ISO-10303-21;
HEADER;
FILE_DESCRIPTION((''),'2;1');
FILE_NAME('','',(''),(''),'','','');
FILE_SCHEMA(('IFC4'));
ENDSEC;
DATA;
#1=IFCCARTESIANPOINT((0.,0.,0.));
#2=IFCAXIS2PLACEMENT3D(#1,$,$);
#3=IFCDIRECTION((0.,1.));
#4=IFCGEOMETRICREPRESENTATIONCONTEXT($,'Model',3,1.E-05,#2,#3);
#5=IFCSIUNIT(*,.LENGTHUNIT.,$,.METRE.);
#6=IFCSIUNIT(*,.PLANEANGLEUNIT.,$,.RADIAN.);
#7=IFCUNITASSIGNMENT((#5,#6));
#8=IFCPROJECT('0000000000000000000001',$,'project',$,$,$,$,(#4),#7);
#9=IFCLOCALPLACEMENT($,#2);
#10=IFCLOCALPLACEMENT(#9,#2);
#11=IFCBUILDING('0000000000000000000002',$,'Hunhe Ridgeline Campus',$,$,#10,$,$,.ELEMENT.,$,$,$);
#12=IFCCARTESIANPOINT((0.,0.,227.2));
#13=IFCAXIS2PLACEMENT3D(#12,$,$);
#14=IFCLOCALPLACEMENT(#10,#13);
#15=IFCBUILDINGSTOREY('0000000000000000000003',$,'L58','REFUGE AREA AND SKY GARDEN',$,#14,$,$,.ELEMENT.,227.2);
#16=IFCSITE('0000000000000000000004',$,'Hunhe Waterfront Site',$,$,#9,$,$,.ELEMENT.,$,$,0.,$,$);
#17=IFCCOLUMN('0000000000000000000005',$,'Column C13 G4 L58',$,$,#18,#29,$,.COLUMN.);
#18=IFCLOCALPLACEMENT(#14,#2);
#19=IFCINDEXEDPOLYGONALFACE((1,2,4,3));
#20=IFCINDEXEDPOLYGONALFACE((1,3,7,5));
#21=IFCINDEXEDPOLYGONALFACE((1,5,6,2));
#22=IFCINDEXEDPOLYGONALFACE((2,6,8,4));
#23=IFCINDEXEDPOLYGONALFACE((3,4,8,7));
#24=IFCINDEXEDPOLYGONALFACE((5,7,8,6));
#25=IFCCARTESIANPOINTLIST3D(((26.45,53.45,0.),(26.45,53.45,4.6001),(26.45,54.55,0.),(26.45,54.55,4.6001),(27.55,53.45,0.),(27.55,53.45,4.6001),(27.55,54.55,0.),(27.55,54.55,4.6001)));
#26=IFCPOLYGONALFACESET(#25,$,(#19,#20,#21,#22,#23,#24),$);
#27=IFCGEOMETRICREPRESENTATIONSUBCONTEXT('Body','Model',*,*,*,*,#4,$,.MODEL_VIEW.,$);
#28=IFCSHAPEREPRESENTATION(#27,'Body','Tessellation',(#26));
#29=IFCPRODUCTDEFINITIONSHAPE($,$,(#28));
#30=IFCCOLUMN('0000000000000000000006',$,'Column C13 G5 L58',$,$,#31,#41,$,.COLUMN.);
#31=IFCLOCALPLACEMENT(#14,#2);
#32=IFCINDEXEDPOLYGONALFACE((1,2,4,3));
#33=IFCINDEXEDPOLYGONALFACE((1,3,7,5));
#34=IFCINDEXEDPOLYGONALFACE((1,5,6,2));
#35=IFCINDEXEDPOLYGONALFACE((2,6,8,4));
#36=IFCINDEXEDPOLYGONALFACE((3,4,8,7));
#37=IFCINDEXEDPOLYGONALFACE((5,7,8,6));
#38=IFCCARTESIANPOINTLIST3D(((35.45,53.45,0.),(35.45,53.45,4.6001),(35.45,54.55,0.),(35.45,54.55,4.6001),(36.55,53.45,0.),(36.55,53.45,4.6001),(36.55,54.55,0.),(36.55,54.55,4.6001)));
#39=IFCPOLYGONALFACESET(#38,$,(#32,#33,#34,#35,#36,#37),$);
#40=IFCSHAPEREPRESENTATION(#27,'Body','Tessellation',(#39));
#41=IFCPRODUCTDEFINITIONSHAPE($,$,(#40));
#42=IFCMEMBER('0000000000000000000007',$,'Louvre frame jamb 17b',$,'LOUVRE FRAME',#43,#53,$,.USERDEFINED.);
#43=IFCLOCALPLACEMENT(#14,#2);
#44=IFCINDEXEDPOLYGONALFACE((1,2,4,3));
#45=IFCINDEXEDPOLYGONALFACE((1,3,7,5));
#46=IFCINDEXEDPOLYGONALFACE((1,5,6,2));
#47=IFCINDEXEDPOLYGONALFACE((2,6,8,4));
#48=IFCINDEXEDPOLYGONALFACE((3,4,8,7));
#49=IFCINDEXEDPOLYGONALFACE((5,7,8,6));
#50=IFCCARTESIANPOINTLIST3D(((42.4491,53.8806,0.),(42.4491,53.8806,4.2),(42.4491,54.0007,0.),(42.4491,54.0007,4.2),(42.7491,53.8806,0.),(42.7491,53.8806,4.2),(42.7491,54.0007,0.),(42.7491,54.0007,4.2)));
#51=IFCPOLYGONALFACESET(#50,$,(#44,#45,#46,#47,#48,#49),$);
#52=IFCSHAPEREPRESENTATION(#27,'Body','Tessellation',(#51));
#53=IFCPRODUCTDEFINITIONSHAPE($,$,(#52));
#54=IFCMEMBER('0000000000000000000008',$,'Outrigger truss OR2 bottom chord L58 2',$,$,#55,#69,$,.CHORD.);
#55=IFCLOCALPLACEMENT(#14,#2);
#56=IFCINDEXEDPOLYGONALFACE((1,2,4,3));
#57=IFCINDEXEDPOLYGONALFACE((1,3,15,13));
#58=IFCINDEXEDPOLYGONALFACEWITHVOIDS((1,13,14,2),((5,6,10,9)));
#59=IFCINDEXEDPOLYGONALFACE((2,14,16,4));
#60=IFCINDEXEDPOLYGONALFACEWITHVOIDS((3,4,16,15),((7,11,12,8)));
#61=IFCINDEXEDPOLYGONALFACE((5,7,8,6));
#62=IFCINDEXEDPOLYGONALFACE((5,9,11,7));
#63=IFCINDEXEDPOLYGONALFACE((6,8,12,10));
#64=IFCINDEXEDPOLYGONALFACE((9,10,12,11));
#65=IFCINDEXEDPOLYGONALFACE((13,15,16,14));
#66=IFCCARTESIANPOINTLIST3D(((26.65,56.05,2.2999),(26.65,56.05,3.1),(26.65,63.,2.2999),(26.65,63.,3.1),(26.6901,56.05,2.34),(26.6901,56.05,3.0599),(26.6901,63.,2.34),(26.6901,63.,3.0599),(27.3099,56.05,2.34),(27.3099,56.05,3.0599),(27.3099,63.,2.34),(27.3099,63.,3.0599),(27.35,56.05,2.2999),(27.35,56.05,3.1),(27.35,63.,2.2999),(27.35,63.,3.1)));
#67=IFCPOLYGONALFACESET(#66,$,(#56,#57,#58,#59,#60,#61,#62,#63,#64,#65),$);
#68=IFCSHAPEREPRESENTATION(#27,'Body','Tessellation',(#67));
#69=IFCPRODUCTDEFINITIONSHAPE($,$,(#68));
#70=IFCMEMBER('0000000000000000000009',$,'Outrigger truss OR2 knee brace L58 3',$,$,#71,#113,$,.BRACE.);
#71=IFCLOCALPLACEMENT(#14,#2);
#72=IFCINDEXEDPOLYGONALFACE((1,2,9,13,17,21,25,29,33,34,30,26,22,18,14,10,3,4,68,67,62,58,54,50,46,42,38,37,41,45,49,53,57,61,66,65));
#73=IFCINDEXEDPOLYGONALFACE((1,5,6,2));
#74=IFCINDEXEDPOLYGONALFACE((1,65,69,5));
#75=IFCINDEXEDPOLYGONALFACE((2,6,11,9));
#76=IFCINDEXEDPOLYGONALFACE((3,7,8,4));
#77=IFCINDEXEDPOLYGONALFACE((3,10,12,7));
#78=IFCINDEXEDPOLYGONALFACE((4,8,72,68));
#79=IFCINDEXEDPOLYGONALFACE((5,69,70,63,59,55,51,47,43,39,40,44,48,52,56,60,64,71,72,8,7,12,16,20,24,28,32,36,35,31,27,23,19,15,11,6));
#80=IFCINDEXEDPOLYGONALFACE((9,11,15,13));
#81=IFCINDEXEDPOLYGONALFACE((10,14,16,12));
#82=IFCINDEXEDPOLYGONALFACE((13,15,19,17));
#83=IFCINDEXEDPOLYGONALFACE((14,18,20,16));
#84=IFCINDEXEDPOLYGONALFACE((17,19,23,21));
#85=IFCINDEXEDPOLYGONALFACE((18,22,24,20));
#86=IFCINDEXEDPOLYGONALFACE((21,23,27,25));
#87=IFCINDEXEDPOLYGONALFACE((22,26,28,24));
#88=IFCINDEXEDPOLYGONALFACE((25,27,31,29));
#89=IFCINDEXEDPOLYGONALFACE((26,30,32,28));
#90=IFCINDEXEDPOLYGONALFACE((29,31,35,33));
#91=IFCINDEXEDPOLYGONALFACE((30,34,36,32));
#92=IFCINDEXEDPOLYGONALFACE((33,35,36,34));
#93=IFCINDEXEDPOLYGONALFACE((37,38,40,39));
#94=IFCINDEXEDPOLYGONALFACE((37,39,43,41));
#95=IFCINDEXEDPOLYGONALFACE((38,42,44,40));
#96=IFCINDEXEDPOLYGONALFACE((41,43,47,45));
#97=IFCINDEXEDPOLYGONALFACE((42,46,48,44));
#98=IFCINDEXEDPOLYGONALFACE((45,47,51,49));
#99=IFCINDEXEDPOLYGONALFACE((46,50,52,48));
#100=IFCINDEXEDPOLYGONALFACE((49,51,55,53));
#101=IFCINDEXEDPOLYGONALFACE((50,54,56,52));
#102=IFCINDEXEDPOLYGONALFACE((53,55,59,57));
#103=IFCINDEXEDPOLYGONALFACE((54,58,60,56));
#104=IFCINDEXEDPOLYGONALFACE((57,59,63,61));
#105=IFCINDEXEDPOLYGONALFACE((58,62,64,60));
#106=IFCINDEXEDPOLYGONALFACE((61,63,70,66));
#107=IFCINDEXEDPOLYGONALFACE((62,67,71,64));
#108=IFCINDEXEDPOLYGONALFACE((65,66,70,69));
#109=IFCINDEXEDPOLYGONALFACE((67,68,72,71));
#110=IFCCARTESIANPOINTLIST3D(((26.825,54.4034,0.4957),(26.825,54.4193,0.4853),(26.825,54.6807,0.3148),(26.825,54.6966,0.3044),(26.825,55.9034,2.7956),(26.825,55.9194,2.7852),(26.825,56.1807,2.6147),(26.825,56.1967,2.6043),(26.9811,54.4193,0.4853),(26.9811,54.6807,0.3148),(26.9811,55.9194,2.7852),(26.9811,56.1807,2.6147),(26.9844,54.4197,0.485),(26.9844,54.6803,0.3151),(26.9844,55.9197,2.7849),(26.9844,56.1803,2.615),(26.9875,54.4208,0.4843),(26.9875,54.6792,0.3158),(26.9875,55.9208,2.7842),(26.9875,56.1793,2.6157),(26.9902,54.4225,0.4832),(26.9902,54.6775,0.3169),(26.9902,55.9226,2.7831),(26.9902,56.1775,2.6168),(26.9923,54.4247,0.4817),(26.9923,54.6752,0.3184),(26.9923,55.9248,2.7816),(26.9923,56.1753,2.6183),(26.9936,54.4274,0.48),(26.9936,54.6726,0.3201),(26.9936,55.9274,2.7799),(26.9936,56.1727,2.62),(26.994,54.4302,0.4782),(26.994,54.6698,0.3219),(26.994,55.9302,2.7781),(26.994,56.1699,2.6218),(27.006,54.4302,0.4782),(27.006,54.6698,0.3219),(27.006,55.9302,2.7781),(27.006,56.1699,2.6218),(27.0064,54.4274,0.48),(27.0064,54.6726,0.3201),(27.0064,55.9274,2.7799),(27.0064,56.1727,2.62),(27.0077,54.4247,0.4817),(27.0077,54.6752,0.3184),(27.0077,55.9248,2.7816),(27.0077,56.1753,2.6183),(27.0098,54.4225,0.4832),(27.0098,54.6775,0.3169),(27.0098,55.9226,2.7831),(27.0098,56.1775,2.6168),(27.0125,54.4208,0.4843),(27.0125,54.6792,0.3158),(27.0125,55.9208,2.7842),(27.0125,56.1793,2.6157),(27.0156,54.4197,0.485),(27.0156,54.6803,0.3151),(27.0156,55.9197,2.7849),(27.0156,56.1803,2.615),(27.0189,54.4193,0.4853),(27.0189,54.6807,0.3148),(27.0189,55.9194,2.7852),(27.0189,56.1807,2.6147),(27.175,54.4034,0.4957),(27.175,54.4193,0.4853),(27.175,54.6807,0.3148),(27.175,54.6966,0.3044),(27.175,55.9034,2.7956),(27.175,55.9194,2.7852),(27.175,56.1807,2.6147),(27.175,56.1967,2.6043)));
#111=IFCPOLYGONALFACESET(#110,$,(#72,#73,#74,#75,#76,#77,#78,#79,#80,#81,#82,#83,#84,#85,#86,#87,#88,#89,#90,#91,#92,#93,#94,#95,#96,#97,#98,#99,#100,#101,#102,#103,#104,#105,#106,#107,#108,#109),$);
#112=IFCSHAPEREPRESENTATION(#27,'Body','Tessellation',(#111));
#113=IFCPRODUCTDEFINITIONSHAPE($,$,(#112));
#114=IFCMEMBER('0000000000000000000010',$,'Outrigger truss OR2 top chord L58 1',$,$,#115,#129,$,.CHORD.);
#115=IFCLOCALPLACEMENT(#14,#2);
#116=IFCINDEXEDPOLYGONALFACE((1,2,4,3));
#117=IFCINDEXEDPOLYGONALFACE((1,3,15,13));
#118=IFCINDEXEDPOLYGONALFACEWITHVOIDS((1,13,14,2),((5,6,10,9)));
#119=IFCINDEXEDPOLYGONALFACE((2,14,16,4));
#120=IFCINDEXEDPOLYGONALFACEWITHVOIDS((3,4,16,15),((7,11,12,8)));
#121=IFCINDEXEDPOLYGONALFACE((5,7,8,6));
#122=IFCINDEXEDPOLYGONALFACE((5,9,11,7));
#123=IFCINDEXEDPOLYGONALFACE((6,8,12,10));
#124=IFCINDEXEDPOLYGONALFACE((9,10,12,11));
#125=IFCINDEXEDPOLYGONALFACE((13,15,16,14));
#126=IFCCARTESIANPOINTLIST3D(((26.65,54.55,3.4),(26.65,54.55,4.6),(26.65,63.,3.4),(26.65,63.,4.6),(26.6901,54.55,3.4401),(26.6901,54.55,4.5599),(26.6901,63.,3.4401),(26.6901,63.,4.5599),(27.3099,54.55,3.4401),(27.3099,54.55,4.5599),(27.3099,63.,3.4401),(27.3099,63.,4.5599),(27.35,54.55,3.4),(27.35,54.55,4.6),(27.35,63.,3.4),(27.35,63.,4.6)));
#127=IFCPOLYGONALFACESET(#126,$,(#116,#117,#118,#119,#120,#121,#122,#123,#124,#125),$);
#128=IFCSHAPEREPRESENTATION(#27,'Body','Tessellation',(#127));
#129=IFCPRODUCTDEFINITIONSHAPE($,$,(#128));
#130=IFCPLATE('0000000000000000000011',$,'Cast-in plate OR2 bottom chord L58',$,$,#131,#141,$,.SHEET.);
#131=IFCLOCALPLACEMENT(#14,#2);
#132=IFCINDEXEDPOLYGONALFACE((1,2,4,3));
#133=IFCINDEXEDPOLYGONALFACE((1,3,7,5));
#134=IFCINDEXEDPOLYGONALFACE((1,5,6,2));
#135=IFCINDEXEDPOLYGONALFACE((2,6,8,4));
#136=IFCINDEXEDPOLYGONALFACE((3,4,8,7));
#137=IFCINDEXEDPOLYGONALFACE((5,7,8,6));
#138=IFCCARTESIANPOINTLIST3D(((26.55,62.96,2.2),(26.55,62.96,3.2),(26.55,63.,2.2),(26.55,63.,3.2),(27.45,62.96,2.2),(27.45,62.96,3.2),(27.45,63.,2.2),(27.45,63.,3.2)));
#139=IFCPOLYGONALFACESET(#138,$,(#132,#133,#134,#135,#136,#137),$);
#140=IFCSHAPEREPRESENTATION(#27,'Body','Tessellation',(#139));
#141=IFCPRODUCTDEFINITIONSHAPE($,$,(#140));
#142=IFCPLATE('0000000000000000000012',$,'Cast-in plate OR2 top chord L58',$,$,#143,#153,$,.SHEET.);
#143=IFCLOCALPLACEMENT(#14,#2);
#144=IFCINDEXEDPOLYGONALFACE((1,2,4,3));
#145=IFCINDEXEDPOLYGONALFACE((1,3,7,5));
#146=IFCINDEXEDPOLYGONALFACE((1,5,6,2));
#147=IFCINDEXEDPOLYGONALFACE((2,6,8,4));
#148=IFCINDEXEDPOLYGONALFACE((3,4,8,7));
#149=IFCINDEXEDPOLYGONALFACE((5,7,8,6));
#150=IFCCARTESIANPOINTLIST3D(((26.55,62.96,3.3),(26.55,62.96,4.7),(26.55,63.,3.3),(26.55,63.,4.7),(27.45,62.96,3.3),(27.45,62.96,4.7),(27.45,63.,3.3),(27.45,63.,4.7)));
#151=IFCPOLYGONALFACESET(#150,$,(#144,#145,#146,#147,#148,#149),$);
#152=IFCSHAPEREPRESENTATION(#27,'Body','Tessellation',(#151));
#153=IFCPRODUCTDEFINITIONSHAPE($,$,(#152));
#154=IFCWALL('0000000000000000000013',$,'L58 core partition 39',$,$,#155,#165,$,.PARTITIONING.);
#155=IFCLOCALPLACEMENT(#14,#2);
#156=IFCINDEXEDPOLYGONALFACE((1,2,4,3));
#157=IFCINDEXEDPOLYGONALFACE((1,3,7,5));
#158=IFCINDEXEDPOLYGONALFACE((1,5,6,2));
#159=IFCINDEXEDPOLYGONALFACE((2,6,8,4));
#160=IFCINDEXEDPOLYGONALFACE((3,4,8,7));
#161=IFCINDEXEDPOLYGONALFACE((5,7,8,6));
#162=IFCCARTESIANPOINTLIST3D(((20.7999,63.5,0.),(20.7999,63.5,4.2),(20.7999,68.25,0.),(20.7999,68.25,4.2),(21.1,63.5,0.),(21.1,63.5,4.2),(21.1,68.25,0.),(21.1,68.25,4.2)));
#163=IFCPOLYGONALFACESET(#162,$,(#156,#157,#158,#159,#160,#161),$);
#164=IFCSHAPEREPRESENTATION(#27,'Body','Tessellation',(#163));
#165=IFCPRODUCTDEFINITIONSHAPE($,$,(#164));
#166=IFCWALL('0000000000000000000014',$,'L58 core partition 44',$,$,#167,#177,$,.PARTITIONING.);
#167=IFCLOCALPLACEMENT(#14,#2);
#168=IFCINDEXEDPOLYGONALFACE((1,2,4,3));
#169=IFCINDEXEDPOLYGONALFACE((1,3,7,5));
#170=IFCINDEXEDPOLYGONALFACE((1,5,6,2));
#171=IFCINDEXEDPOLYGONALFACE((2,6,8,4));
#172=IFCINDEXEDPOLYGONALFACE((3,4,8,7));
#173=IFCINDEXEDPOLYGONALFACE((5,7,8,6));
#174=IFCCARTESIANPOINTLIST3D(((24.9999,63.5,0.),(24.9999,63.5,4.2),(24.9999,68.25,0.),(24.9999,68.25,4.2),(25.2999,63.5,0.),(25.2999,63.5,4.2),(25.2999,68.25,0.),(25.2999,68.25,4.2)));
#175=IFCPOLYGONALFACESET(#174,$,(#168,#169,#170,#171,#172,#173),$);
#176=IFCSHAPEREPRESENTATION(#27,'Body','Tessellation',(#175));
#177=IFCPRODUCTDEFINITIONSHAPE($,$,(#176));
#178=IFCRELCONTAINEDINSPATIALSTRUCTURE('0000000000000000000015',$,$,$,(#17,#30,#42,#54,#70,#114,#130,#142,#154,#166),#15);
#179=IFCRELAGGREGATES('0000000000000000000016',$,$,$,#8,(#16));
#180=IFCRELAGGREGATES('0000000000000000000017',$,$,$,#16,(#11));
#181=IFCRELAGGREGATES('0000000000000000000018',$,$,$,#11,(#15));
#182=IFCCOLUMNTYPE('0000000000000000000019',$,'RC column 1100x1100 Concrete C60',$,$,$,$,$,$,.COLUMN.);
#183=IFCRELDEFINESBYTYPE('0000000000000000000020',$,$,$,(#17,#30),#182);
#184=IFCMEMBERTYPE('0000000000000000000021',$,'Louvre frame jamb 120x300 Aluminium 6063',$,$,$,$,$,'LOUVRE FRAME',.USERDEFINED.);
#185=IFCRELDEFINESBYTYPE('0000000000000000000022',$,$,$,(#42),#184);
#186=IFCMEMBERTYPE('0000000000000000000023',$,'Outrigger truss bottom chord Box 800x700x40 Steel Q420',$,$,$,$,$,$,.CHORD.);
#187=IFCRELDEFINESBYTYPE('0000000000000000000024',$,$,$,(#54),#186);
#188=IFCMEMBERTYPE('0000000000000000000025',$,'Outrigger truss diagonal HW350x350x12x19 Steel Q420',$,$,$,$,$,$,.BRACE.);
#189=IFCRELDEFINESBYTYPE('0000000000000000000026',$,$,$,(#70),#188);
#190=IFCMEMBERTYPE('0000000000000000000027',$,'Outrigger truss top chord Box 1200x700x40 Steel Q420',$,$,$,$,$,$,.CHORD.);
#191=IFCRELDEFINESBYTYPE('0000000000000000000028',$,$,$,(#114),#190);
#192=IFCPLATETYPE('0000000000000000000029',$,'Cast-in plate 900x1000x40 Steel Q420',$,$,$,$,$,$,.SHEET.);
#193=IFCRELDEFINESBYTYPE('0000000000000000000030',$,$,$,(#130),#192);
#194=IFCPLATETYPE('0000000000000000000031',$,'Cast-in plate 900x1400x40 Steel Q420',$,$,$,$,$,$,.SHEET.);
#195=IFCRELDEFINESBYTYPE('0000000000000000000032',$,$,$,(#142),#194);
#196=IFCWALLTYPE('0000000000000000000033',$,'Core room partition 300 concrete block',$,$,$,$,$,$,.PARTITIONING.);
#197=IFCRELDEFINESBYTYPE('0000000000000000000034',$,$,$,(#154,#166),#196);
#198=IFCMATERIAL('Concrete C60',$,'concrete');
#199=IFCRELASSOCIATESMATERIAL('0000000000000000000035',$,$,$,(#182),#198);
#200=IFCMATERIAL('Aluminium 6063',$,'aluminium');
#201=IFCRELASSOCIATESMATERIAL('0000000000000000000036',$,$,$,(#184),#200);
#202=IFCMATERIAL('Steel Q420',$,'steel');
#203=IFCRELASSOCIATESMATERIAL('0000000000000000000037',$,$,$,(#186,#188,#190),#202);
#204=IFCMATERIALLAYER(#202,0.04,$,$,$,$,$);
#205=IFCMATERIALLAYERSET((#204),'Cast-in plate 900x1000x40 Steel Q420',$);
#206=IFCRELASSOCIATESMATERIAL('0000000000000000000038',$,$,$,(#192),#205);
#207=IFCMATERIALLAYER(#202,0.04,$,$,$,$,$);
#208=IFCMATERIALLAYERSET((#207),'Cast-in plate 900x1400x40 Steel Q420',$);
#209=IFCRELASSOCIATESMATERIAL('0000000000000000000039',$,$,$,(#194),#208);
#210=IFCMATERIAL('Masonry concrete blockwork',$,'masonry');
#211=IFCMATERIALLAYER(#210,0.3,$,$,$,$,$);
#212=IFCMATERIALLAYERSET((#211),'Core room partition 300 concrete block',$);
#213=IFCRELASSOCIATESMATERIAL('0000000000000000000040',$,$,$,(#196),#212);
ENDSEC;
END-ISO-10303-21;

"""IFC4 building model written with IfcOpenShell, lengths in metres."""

from ifc_helpers import new_model, si_unit, direction, frame, frame_2d, origin, origin_2d, place, context, subcontext, project, spatial, rectangle, hollow_rectangle, i_section, extrude, material, layer, layer_set, material_profile, profile_set, type_object, element, save


model = new_model("IFC4")

# Units and contexts
model_context = context("Model", 3, precision=1e-05, world=origin(), true_north=direction((0.0, 1.0)))
body_context = subcontext(model_context, "Body", "Model", "MODEL_VIEW")
ifc_project = project(units=[si_unit("LENGTHUNIT", "METRE"), si_unit("PLANEANGLEUNIT", "RADIAN")], contexts=[model_context])

# Site, building, storey
site_placement = place(None, origin())
site = spatial("IfcSite", under=ifc_project, at=site_placement, Name="Hunhe Waterfront Site", CompositionType="ELEMENT", RefElevation=0.0)
building_placement = place(site_placement, origin())
building = spatial("IfcBuilding", under=site, at=building_placement, Name="Hunhe Ridgeline Campus", CompositionType="ELEMENT")
storey_placement = place(building_placement, frame((0.0, 0.0, 227.2)))
storey = spatial("IfcBuildingStorey", under=building, at=storey_placement, Name="L58", Description="REFUGE AREA AND SKY GARDEN", CompositionType="ELEMENT", Elevation=227.2)

# Columns
ifc_material_1 = material(Name="Concrete C60", Category="concrete")
ifc_material_profile_1 = material_profile(ifc_material_1, rectangle(XDim=1.1001, YDim=1.1001, at=origin_2d()))
ifc_profile_set_1 = profile_set([ifc_material_profile_1], Name="Concrete C60")
column_type = type_object("IfcColumnType", Name="RC column 1100x1100 Concrete C60", PredefinedType="COLUMN", material=ifc_profile_set_1)
for number, where, z_axis, x_axis, name in (
    (1, (27.0, 54.0, 0.0), (0.0, 0.0, 1.0), (1.0, 0.0, 0.0), "Column C13 G4 L58"),
    (2, (36.0, 54.0, 0.0), (0.0, 0.0, 1.0), (1.0, 0.0, 0.0), "Column C13 G5 L58"),
):
    element("IfcColumn", number, at=place(storey_placement, frame(where, z_axis=z_axis, x_axis=x_axis)), inside=storey, type_object=column_type, Name=name, PredefinedType="COLUMN", context=body_context, shape_type="SweptSolid", body=[
        extrude(rectangle(XDim=1.1001, YDim=1.1001, at=origin_2d()), origin(), (0.0, 0.0, 1.0), 4.6001),
    ])

# Members
ifc_material_2 = material(Name="Aluminium 6063", Category="aluminium")
ifc_material_profile_2 = material_profile(ifc_material_2, rectangle(XDim=0.3, YDim=0.1201, at=origin_2d()))
ifc_profile_set_2 = profile_set([ifc_material_profile_2], Name="Aluminium 6063")
member_type_1 = type_object("IfcMemberType", Name="Louvre frame jamb 120x300 Aluminium 6063", ElementType="LOUVRE FRAME", PredefinedType="USERDEFINED", material=ifc_profile_set_2)
member_1_placement = place(storey_placement, frame((42.5991, 53.9407, 0.0), z_axis=(0.0, 0.0, 1.0), x_axis=(-1.0, 0.000019, 0.0)))
element("IfcMember", 3, at=member_1_placement, inside=storey, type_object=member_type_1, Name="Louvre frame jamb 17b", ObjectType="LOUVRE FRAME", PredefinedType="USERDEFINED", context=body_context, shape_type="SweptSolid", body=[
    extrude(rectangle(XDim=0.3, YDim=0.1201, at=origin_2d()), origin(), (0.0, 0.0, 1.0), 4.2),
])
ifc_material_3 = material(Name="Steel Q420", Category="steel")
ifc_material_profile_3 = material_profile(ifc_material_3, hollow_rectangle(XDim=0.7, YDim=0.8, WallThickness=0.04, at=origin_2d()))
ifc_profile_set_3 = profile_set([ifc_material_profile_3], Name="Steel Q420")
member_type_2 = type_object("IfcMemberType", Name="Outrigger truss bottom chord Box 800x700x40 Steel Q420", PredefinedType="CHORD", material=ifc_profile_set_3)
member_2_placement = place(storey_placement, frame((27.0, 63.0, 2.7), z_axis=(0.0, -1.0, 0.0), x_axis=(1.0, 0.0, 0.0)))
element("IfcMember", 4, at=member_2_placement, inside=storey, type_object=member_type_2, Name="Outrigger truss OR2 bottom chord L58 2", PredefinedType="CHORD", context=body_context, shape_type="SweptSolid", body=[
    extrude(hollow_rectangle(XDim=0.7, YDim=0.8, WallThickness=0.04, at=origin_2d()), origin(), (0.0, 0.0, 1.0), 6.95),
])
ifc_material_profile_4 = material_profile(ifc_material_3, i_section(OverallWidth=0.3501, OverallDepth=0.3501, WebThickness=0.012, FlangeThickness=0.019, FilletRadius=0.0129, at=origin_2d()))
ifc_profile_set_4 = profile_set([ifc_material_profile_4], Name="Steel Q420")
member_type_3 = type_object("IfcMemberType", Name="Outrigger truss diagonal HW350x350x12x19 Steel Q420", PredefinedType="BRACE", material=ifc_profile_set_4)
member_3_placement = place(storey_placement, frame((27.0, 56.05, 2.7), z_axis=(0.0, -0.5463, -0.837589), x_axis=(1.0, 0.0, 0.0)))
element("IfcMember", 5, at=member_3_placement, inside=storey, type_object=member_type_3, Name="Outrigger truss OR2 knee brace L58 3", PredefinedType="BRACE", context=body_context, shape_type="SweptSolid", body=[
    extrude(i_section(OverallWidth=0.3501, OverallDepth=0.3501, WebThickness=0.012, FlangeThickness=0.019, FilletRadius=0.0129, at=origin_2d()), origin(), (0.0, 0.0, 1.0), 2.7458),
])
ifc_material_profile_5 = material_profile(ifc_material_3, hollow_rectangle(XDim=0.7, YDim=1.2, WallThickness=0.04, at=origin_2d()))
ifc_profile_set_5 = profile_set([ifc_material_profile_5], Name="Steel Q420")
member_type_4 = type_object("IfcMemberType", Name="Outrigger truss top chord Box 1200x700x40 Steel Q420", PredefinedType="CHORD", material=ifc_profile_set_5)
member_4_placement = place(storey_placement, frame((27.0, 63.0, 4.0), z_axis=(0.0, -1.0, 0.0), x_axis=(1.0, 0.0, 0.0)))
element("IfcMember", 6, at=member_4_placement, inside=storey, type_object=member_type_4, Name="Outrigger truss OR2 top chord L58 1", PredefinedType="CHORD", context=body_context, shape_type="SweptSolid", body=[
    extrude(hollow_rectangle(XDim=0.7, YDim=1.2, WallThickness=0.04, at=origin_2d()), origin(), (0.0, 0.0, 1.0), 8.45),
])

# Plates
ifc_layer_1 = layer(ifc_material_3, 0.04)
ifc_layer_set_1 = layer_set([ifc_layer_1], Name="Cast-in plate 900x1000x40 Steel Q420")
plate_type_1 = type_object("IfcPlateType", Name="Cast-in plate 900x1000x40 Steel Q420", PredefinedType="SHEET", material=ifc_layer_set_1)
plate_1_placement = place(storey_placement, frame((27.0, 62.98, 2.2), z_axis=(0.0, 0.0, 1.0), x_axis=(0.0, -1.0, 0.0)))
element("IfcPlate", 7, at=plate_1_placement, inside=storey, type_object=plate_type_1, Name="Cast-in plate OR2 bottom chord L58", PredefinedType="SHEET", context=body_context, shape_type="SweptSolid", body=[
    extrude(rectangle(XDim=0.04, YDim=0.8999, at=origin_2d()), origin(), (0.0, 0.0, 1.0), 1.0),
])
ifc_layer_2 = layer(ifc_material_3, 0.04)
ifc_layer_set_2 = layer_set([ifc_layer_2], Name="Cast-in plate 900x1400x40 Steel Q420")
plate_type_2 = type_object("IfcPlateType", Name="Cast-in plate 900x1400x40 Steel Q420", PredefinedType="SHEET", material=ifc_layer_set_2)
plate_2_placement = place(storey_placement, frame((27.0, 62.98, 3.3), z_axis=(0.0, 0.0, 1.0), x_axis=(0.0, -1.0, 0.0)))
element("IfcPlate", 8, at=plate_2_placement, inside=storey, type_object=plate_type_2, Name="Cast-in plate OR2 top chord L58", PredefinedType="SHEET", context=body_context, shape_type="SweptSolid", body=[
    extrude(rectangle(XDim=0.04, YDim=0.8999, at=origin_2d()), origin(), (0.0, 0.0, 1.0), 1.3999),
])

# Walls
ifc_material_4 = material(Name="Masonry concrete blockwork", Category="masonry")
ifc_layer_3 = layer(ifc_material_4, 0.3)
ifc_layer_set_3 = layer_set([ifc_layer_3], Name="Core room partition 300 concrete block")
wall_type_1 = type_object("IfcWallType", Name="Core room partition 300 concrete block", PredefinedType="PARTITIONING", material=ifc_layer_set_3)
for number, where, z_axis, x_axis, name in (
    (9, (20.95, 63.5, 0.0), (0.0, 0.0, 1.0), (0.0, 1.0, 0.0), "L58 core partition 39"),
    (10, (25.1499, 63.5, 0.0), (0.0, 0.0, 1.0), (0.0, 1.0, 0.0), "L58 core partition 44"),
):
    element("IfcWall", number, at=place(storey_placement, frame(where, z_axis=z_axis, x_axis=x_axis)), inside=storey, type_object=wall_type_1, Name=name, PredefinedType="PARTITIONING", context=body_context, shape_type="SweptSolid", body=[
        extrude(rectangle(XDim=4.75, YDim=0.3, at=frame_2d((2.375, 0.0))), origin(), (0.0, 0.0, 1.0), 4.2),
    ])

save(model, "model.ifc")
